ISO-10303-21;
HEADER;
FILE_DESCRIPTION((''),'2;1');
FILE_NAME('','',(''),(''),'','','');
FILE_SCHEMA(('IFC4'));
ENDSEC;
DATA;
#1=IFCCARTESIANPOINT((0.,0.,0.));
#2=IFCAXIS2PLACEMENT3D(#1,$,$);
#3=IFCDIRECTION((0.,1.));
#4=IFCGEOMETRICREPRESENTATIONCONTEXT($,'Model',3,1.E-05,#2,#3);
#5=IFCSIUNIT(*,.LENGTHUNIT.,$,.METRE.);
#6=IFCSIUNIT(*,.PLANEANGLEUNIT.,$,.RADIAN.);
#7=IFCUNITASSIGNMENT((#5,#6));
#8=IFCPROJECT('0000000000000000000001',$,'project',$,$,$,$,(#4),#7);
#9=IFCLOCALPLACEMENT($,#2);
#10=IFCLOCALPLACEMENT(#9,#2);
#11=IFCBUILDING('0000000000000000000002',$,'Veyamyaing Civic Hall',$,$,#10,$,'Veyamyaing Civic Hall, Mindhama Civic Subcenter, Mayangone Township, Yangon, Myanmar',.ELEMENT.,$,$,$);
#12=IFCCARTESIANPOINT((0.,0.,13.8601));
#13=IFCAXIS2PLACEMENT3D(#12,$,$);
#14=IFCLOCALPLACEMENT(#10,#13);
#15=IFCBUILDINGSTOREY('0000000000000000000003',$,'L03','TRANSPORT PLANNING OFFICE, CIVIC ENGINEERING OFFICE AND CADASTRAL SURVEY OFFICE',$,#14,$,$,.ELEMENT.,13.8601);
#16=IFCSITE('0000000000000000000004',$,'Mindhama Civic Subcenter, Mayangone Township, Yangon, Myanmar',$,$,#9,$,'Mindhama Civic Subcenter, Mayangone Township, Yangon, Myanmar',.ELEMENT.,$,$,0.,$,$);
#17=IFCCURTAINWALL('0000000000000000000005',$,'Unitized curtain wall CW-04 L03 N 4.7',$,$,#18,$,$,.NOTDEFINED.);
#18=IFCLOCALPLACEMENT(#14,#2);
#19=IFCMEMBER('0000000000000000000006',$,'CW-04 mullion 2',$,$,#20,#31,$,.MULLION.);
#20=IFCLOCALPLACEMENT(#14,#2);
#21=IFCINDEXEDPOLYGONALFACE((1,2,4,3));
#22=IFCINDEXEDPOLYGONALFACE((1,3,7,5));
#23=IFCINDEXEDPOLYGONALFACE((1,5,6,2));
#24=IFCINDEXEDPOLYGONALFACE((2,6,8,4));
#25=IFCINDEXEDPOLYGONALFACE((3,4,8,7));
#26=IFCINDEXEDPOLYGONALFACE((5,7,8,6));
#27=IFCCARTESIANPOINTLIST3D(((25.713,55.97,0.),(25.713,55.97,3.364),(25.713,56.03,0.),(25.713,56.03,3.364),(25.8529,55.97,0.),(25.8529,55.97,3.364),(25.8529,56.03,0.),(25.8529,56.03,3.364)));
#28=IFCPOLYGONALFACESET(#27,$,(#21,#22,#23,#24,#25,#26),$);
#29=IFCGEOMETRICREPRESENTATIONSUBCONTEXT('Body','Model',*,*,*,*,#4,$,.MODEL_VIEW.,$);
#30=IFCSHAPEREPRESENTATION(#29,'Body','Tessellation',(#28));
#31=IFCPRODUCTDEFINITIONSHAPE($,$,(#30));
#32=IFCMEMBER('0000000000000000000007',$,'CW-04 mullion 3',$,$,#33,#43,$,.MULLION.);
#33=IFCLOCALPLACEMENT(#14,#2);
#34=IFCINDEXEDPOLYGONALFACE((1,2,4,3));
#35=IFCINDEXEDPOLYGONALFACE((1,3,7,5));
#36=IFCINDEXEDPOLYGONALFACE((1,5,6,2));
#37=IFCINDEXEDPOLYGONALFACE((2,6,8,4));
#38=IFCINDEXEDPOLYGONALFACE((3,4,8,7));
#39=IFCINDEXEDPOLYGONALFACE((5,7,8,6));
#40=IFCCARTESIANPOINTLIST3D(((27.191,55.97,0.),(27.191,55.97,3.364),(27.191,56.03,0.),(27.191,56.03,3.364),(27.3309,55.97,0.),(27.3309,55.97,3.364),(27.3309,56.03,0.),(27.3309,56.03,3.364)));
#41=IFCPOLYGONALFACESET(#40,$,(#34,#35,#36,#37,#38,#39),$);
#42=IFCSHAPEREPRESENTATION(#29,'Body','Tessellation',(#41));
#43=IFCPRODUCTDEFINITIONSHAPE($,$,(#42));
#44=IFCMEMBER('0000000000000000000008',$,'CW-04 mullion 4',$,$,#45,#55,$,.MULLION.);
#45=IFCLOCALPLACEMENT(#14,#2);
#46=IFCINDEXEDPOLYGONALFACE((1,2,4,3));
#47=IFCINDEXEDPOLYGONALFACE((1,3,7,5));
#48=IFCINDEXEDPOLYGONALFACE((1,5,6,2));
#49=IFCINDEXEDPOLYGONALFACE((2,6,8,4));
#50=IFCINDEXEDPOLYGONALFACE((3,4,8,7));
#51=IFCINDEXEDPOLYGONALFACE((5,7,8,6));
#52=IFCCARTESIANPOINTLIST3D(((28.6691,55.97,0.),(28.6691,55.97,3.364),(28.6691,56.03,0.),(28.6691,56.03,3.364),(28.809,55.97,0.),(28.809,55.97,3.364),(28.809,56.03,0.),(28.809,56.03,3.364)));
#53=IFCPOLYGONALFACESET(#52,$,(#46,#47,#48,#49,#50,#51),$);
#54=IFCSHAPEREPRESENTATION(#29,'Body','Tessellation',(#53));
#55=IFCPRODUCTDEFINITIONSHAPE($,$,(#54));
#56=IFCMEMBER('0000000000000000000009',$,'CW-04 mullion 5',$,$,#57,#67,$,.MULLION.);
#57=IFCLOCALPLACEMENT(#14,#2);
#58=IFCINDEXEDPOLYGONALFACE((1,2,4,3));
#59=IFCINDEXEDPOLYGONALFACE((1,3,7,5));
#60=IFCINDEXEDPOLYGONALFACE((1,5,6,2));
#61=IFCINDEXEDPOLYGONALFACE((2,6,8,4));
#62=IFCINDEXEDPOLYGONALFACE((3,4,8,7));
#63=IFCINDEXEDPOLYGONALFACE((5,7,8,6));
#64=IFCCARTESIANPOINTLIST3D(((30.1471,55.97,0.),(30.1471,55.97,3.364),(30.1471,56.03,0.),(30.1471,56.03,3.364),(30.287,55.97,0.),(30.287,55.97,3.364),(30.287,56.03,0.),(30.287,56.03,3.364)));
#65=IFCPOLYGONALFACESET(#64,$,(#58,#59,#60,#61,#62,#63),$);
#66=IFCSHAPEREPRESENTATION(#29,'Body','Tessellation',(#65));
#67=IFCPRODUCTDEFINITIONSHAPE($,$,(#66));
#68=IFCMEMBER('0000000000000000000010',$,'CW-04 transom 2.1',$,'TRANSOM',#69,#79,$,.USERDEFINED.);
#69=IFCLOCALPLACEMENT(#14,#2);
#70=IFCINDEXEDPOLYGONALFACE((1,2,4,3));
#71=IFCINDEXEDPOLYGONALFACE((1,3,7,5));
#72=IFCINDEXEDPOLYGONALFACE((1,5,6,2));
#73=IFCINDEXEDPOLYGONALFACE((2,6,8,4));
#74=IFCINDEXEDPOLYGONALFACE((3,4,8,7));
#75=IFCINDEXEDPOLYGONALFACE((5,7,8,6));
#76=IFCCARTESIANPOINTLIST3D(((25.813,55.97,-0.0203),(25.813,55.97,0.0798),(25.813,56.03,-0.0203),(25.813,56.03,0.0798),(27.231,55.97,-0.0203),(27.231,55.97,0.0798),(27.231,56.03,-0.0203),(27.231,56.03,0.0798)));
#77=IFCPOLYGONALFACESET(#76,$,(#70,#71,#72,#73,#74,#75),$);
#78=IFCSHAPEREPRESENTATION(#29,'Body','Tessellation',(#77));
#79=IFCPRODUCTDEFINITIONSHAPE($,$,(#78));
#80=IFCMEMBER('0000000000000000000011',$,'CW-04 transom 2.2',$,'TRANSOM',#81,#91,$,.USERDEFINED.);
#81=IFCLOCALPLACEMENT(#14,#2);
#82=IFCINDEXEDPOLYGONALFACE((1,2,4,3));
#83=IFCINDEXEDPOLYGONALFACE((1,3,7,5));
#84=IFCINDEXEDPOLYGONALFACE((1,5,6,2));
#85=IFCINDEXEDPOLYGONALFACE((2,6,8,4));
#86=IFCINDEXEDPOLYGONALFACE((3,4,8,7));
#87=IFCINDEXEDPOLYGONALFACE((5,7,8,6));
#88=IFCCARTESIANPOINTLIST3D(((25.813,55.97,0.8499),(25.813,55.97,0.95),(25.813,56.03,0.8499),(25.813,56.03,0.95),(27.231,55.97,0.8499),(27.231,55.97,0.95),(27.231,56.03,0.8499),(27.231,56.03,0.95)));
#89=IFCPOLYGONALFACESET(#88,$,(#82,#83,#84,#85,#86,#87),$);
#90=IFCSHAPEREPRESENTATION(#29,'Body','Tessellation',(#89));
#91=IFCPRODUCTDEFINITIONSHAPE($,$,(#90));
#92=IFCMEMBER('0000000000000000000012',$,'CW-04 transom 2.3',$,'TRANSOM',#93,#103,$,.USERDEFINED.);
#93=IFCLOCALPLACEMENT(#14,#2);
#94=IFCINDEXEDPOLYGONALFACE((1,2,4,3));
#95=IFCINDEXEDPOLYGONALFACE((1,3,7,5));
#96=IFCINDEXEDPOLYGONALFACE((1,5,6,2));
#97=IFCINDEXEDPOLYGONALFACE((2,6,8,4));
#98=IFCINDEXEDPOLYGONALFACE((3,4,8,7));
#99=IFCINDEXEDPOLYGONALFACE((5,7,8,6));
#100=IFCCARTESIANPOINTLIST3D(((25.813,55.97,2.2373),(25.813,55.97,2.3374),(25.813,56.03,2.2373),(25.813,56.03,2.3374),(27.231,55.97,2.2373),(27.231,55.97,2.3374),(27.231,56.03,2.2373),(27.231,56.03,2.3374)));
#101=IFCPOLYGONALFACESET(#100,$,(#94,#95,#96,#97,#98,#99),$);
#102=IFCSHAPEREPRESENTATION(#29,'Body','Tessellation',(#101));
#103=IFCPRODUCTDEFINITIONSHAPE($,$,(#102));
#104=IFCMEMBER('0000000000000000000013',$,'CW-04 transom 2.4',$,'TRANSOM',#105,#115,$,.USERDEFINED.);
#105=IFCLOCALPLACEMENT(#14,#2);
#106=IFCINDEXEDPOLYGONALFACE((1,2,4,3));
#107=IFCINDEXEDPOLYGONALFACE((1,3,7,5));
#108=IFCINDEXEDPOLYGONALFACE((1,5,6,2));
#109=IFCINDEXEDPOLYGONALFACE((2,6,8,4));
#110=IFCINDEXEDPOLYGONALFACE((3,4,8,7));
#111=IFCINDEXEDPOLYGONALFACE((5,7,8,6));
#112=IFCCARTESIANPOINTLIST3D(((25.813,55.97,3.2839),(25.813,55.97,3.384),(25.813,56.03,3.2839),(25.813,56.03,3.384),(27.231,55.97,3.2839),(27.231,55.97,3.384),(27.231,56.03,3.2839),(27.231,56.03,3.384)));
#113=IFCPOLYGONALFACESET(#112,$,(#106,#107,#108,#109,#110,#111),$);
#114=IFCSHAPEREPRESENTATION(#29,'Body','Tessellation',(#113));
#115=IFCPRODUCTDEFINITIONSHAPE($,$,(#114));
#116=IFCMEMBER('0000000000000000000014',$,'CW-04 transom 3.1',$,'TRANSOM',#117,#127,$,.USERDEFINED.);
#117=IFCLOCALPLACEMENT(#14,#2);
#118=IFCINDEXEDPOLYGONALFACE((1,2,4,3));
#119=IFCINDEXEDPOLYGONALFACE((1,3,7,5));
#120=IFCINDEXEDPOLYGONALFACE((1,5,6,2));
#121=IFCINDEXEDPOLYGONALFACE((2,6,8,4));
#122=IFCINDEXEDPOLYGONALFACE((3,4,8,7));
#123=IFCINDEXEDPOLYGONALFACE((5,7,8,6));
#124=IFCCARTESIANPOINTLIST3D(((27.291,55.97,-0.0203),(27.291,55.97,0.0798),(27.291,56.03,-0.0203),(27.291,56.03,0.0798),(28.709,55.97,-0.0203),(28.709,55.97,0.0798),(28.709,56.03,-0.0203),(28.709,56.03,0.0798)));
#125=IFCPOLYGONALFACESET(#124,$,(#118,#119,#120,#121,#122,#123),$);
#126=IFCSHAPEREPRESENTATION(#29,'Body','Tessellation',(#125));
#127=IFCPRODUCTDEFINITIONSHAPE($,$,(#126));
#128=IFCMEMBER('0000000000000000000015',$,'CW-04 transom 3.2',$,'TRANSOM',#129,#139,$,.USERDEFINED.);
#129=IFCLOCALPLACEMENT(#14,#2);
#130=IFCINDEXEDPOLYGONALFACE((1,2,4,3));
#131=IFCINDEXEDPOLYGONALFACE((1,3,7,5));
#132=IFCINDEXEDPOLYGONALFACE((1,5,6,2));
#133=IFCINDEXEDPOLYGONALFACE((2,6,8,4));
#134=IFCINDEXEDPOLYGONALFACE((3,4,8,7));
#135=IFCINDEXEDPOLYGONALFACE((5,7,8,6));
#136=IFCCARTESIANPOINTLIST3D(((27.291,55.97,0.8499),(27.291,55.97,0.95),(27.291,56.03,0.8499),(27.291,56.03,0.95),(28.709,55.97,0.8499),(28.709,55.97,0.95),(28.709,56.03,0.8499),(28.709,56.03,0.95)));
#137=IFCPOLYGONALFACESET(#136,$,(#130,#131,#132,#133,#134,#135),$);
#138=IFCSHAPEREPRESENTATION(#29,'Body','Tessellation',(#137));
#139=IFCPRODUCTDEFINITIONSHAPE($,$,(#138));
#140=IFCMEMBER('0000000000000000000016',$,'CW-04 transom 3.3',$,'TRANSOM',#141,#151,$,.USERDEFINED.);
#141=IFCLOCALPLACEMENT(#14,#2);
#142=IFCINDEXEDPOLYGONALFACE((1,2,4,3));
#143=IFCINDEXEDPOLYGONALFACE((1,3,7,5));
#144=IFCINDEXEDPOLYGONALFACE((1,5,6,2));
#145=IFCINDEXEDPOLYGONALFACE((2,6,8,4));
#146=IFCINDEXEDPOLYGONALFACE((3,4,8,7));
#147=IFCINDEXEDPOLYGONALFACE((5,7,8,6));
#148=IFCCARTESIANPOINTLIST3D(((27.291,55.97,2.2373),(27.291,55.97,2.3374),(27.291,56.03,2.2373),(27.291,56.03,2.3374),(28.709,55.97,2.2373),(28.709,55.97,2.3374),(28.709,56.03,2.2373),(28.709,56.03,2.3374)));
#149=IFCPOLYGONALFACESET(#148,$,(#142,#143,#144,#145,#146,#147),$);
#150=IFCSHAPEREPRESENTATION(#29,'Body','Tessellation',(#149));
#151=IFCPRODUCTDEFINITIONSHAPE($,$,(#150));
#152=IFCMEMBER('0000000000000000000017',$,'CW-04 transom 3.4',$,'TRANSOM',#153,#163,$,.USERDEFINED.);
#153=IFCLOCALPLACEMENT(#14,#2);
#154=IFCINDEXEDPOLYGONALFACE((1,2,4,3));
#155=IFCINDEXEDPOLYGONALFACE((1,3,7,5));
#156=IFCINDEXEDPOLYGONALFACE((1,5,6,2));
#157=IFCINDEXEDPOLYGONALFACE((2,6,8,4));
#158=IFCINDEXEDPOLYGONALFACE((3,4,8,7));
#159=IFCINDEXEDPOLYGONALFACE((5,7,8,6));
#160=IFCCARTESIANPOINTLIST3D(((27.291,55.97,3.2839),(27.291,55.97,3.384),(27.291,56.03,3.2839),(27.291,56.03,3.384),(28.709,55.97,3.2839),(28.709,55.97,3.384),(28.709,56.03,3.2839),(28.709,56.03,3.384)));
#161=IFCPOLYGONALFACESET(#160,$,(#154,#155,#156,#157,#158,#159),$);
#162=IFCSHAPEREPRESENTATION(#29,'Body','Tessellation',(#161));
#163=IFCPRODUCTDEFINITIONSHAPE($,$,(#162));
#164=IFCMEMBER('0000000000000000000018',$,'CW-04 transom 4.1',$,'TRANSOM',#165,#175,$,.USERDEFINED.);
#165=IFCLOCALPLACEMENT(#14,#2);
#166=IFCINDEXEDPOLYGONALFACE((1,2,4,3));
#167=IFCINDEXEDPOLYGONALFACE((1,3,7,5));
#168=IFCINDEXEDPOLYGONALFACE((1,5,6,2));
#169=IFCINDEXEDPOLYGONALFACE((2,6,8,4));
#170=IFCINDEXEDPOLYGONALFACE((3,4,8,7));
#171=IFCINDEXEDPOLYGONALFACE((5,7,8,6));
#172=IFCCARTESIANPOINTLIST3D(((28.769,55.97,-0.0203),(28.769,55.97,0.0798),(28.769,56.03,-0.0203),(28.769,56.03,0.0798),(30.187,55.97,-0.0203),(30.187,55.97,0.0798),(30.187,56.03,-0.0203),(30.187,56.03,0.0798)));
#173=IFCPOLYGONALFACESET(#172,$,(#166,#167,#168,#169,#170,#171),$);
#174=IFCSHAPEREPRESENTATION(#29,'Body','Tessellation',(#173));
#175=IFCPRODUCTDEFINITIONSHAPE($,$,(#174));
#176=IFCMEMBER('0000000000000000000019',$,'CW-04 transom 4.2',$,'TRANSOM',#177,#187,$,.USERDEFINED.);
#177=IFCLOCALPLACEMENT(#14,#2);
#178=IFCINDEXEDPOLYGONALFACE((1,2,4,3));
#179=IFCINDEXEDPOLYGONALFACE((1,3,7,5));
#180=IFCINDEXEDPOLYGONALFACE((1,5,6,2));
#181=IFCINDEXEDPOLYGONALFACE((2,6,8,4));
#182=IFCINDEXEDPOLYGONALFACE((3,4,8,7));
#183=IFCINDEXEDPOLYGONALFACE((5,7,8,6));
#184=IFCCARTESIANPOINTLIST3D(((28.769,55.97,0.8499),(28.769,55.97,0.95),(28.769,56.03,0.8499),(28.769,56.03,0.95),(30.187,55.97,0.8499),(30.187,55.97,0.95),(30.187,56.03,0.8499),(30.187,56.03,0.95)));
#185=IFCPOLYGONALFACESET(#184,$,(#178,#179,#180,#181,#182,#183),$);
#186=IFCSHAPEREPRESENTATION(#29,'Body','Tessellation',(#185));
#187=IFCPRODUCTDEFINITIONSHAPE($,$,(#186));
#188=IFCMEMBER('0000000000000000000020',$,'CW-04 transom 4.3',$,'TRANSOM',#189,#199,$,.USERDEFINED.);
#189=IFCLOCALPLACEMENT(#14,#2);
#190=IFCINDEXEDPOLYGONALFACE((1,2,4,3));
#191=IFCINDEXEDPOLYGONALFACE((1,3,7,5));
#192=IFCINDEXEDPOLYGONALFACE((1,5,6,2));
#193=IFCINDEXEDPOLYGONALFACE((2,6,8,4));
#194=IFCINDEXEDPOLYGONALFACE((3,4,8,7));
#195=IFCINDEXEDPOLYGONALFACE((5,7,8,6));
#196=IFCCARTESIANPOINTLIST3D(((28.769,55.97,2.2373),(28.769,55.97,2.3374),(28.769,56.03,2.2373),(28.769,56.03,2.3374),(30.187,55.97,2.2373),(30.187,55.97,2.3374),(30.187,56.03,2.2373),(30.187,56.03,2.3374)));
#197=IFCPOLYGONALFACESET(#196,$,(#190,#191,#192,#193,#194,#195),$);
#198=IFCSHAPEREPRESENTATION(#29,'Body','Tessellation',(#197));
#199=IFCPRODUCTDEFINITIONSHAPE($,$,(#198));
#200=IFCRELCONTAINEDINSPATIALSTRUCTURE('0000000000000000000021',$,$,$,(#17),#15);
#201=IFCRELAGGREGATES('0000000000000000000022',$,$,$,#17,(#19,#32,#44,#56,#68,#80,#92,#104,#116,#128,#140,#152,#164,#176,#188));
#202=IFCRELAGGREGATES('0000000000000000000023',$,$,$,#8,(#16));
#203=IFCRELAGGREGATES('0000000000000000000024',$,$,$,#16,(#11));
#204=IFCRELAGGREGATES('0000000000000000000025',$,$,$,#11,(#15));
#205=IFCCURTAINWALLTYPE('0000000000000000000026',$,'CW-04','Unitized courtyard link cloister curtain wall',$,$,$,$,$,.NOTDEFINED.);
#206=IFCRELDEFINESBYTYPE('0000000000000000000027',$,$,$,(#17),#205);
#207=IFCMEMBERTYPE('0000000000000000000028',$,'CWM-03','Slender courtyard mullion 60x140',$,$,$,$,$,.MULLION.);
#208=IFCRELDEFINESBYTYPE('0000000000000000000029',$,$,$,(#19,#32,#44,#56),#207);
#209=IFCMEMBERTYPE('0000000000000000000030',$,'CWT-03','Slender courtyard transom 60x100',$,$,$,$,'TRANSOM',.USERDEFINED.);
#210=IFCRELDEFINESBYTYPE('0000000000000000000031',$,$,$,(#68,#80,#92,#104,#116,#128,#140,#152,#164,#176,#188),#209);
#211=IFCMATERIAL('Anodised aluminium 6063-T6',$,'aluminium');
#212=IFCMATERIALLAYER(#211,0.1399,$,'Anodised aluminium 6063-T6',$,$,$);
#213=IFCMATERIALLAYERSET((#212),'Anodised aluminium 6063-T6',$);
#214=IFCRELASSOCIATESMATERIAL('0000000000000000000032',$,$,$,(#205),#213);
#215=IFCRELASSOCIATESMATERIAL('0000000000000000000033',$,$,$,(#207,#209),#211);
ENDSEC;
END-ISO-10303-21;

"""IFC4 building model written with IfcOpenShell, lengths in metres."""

from ifc_helpers import new_model, si_unit, direction, frame, origin, origin_2d, place, context, subcontext, project, spatial, rectangle, extrude, material, layer, layer_set, material_profile, profile_set, type_object, element, aggregate, save


model = new_model("IFC4")

# Units and contexts
model_context = context("Model", 3, precision=1e-05, world=origin(), true_north=direction((0.0, 1.0)))
body_context = subcontext(model_context, "Body", "Model", "MODEL_VIEW")
ifc_project = project(units=[si_unit("LENGTHUNIT", "METRE"), si_unit("PLANEANGLEUNIT", "RADIAN")], contexts=[model_context])

# Site, building, storey
site_placement = place(None, origin())
site = spatial("IfcSite", under=ifc_project, at=site_placement, Name="Mindhama Civic Subcenter, Mayangone Township, Yangon, Myanmar", LongName="Mindhama Civic Subcenter, Mayangone Township, Yangon, Myanmar", CompositionType="ELEMENT", RefElevation=0.0)
building_placement = place(site_placement, origin())
building = spatial("IfcBuilding", under=site, at=building_placement, Name="Veyamyaing Civic Hall", LongName="Veyamyaing Civic Hall, Mindhama Civic Subcenter, Mayangone Township, Yangon, Myanmar", CompositionType="ELEMENT")
storey_placement = place(building_placement, frame((0.0, 0.0, 13.8601)))
storey = spatial("IfcBuildingStorey", under=building, at=storey_placement, Name="L03", Description="TRANSPORT PLANNING OFFICE, CIVIC ENGINEERING OFFICE AND CADASTRAL SURVEY OFFICE", CompositionType="ELEMENT", Elevation=13.8601)

# Curtain wall, members
ifc_material_1 = material(Name="Anodised aluminium 6063-T6", Category="aluminium")
ifc_layer_1 = layer(ifc_material_1, 0.1399, Name="Anodised aluminium 6063-T6")
ifc_layer_set_1 = layer_set([ifc_layer_1], Name="Anodised aluminium 6063-T6")
curtain_wall_type = type_object("IfcCurtainWallType", Name="CW-04", Description="Unitized courtyard link cloister curtain wall", PredefinedType="NOTDEFINED", material=ifc_layer_set_1)
curtain_wall_placement = place(storey_placement, origin())
curtain_wall = element("IfcCurtainWall", 1, at=curtain_wall_placement, inside=storey, type_object=curtain_wall_type, Name="Unitized curtain wall CW-04 L03 N 4.7", PredefinedType="NOTDEFINED")
ifc_material_profile_1 = material_profile(ifc_material_1, rectangle(XDim=0.0601, YDim=0.1399, at=origin_2d()), Name="ALU-MUL-60X140")
ifc_profile_set_1 = profile_set([ifc_material_profile_1], Name="Anodised aluminium 6063-T6")
member_type_1 = type_object("IfcMemberType", Name="CWM-03", Description="Slender courtyard mullion 60x140", PredefinedType="MULLION", material=ifc_profile_set_1)
member_1_placement = place(storey_placement, frame((25.783, 56.0, 0.0), z_axis=(0.0, 0.0, 1.0), x_axis=(0.0, 1.0, 0.0)))
member_1 = element("IfcMember", 2, at=member_1_placement, type_object=member_type_1, Name="CW-04 mullion 2", PredefinedType="MULLION", context=body_context, shape_type="SweptSolid", body=[
    extrude(rectangle(XDim=0.0601, YDim=0.1399, at=origin_2d()), origin(), (0.0, 0.0, 1.0), 3.364),
])
member_2_placement = place(storey_placement, frame((27.261, 56.0, 0.0), z_axis=(0.0, 0.0, 1.0), x_axis=(0.0, 1.0, 0.0)))
member_2 = element("IfcMember", 3, at=member_2_placement, type_object=member_type_1, Name="CW-04 mullion 3", PredefinedType="MULLION", context=body_context, shape_type="SweptSolid", body=[
    extrude(rectangle(XDim=0.0601, YDim=0.1399, at=origin_2d()), origin(), (0.0, 0.0, 1.0), 3.364),
])
member_3_placement = place(storey_placement, frame((28.739, 56.0, 0.0), z_axis=(0.0, 0.0, 1.0), x_axis=(0.0, 1.0, 0.0)))
member_3 = element("IfcMember", 4, at=member_3_placement, type_object=member_type_1, Name="CW-04 mullion 4", PredefinedType="MULLION", context=body_context, shape_type="SweptSolid", body=[
    extrude(rectangle(XDim=0.0601, YDim=0.1399, at=origin_2d()), origin(), (0.0, 0.0, 1.0), 3.364),
])
member_4_placement = place(storey_placement, frame((30.217, 56.0, 0.0), z_axis=(0.0, 0.0, 1.0), x_axis=(0.0, 1.0, 0.0)))
member_4 = element("IfcMember", 5, at=member_4_placement, type_object=member_type_1, Name="CW-04 mullion 5", PredefinedType="MULLION", context=body_context, shape_type="SweptSolid", body=[
    extrude(rectangle(XDim=0.0601, YDim=0.1399, at=origin_2d()), origin(), (0.0, 0.0, 1.0), 3.364),
])
ifc_material_profile_2 = material_profile(ifc_material_1, rectangle(XDim=0.0601, YDim=0.1001, at=origin_2d()), Name="ALU-TRN-60X100")
ifc_profile_set_2 = profile_set([ifc_material_profile_2], Name="Anodised aluminium 6063-T6")
member_type_2 = type_object("IfcMemberType", Name="CWT-03", Description="Slender courtyard transom 60x100", ElementType="TRANSOM", PredefinedType="USERDEFINED", material=ifc_profile_set_2)
member_5_placement = place(storey_placement, frame((25.813, 56.0, 0.0298), z_axis=(1.0, 0.0, 0.0), x_axis=(0.0, 1.0, 0.0)))
member_5 = element("IfcMember", 6, at=member_5_placement, type_object=member_type_2, Name="CW-04 transom 2.1", ObjectType="TRANSOM", PredefinedType="USERDEFINED", context=body_context, shape_type="SweptSolid", body=[
    extrude(rectangle(XDim=0.0601, YDim=0.1001, at=origin_2d()), origin(), (0.0, 0.0, 1.0), 1.418),
])
member_6_placement = place(storey_placement, frame((25.813, 56.0, 0.8999), z_axis=(1.0, 0.0, 0.0), x_axis=(0.0, 1.0, 0.0)))
member_6 = element("IfcMember", 7, at=member_6_placement, type_object=member_type_2, Name="CW-04 transom 2.2", ObjectType="TRANSOM", PredefinedType="USERDEFINED", context=body_context, shape_type="SweptSolid", body=[
    extrude(rectangle(XDim=0.0601, YDim=0.1001, at=origin_2d()), origin(), (0.0, 0.0, 1.0), 1.418),
])
member_7_placement = place(storey_placement, frame((25.813, 56.0, 2.2874), z_axis=(1.0, 0.0, 0.0), x_axis=(0.0, 1.0, 0.0)))
member_7 = element("IfcMember", 8, at=member_7_placement, type_object=member_type_2, Name="CW-04 transom 2.3", ObjectType="TRANSOM", PredefinedType="USERDEFINED", context=body_context, shape_type="SweptSolid", body=[
    extrude(rectangle(XDim=0.0601, YDim=0.1001, at=origin_2d()), origin(), (0.0, 0.0, 1.0), 1.418),
])
member_8_placement = place(storey_placement, frame((25.813, 56.0, 3.334), z_axis=(1.0, 0.0, 0.0), x_axis=(0.0, 1.0, 0.0)))
member_8 = element("IfcMember", 9, at=member_8_placement, type_object=member_type_2, Name="CW-04 transom 2.4", ObjectType="TRANSOM", PredefinedType="USERDEFINED", context=body_context, shape_type="SweptSolid", body=[
    extrude(rectangle(XDim=0.0601, YDim=0.1001, at=origin_2d()), origin(), (0.0, 0.0, 1.0), 1.418),
])
member_9_placement = place(storey_placement, frame((27.291, 56.0, 0.0298), z_axis=(1.0, 0.0, 0.0), x_axis=(0.0, 1.0, 0.0)))
member_9 = element("IfcMember", 10, at=member_9_placement, type_object=member_type_2, Name="CW-04 transom 3.1", ObjectType="TRANSOM", PredefinedType="USERDEFINED", context=body_context, shape_type="SweptSolid", body=[
    extrude(rectangle(XDim=0.0601, YDim=0.1001, at=origin_2d()), origin(), (0.0, 0.0, 1.0), 1.418),
])
member_10_placement = place(storey_placement, frame((27.291, 56.0, 0.8999), z_axis=(1.0, 0.0, 0.0), x_axis=(0.0, 1.0, 0.0)))
member_10 = element("IfcMember", 11, at=member_10_placement, type_object=member_type_2, Name="CW-04 transom 3.2", ObjectType="TRANSOM", PredefinedType="USERDEFINED", context=body_context, shape_type="SweptSolid", body=[
    extrude(rectangle(XDim=0.0601, YDim=0.1001, at=origin_2d()), origin(), (0.0, 0.0, 1.0), 1.418),
])
member_11_placement = place(storey_placement, frame((27.291, 56.0, 2.2874), z_axis=(1.0, 0.0, 0.0), x_axis=(0.0, 1.0, 0.0)))
member_11 = element("IfcMember", 12, at=member_11_placement, type_object=member_type_2, Name="CW-04 transom 3.3", ObjectType="TRANSOM", PredefinedType="USERDEFINED", context=body_context, shape_type="SweptSolid", body=[
    extrude(rectangle(XDim=0.0601, YDim=0.1001, at=origin_2d()), origin(), (0.0, 0.0, 1.0), 1.418),
])
member_12_placement = place(storey_placement, frame((27.291, 56.0, 3.334), z_axis=(1.0, 0.0, 0.0), x_axis=(0.0, 1.0, 0.0)))
member_12 = element("IfcMember", 13, at=member_12_placement, type_object=member_type_2, Name="CW-04 transom 3.4", ObjectType="TRANSOM", PredefinedType="USERDEFINED", context=body_context, shape_type="SweptSolid", body=[
    extrude(rectangle(XDim=0.0601, YDim=0.1001, at=origin_2d()), origin(), (0.0, 0.0, 1.0), 1.418),
])
member_13_placement = place(storey_placement, frame((28.769, 56.0, 0.0298), z_axis=(1.0, 0.0, 0.0), x_axis=(0.0, 1.0, 0.0)))
member_13 = element("IfcMember", 14, at=member_13_placement, type_object=member_type_2, Name="CW-04 transom 4.1", ObjectType="TRANSOM", PredefinedType="USERDEFINED", context=body_context, shape_type="SweptSolid", body=[
    extrude(rectangle(XDim=0.0601, YDim=0.1001, at=origin_2d()), origin(), (0.0, 0.0, 1.0), 1.418),
])
member_14_placement = place(storey_placement, frame((28.769, 56.0, 0.8999), z_axis=(1.0, 0.0, 0.0), x_axis=(0.0, 1.0, 0.0)))
member_14 = element("IfcMember", 15, at=member_14_placement, type_object=member_type_2, Name="CW-04 transom 4.2", ObjectType="TRANSOM", PredefinedType="USERDEFINED", context=body_context, shape_type="SweptSolid", body=[
    extrude(rectangle(XDim=0.0601, YDim=0.1001, at=origin_2d()), origin(), (0.0, 0.0, 1.0), 1.418),
])
member_15_placement = place(storey_placement, frame((28.769, 56.0, 2.2874), z_axis=(1.0, 0.0, 0.0), x_axis=(0.0, 1.0, 0.0)))
member_15 = element("IfcMember", 16, at=member_15_placement, type_object=member_type_2, Name="CW-04 transom 4.3", ObjectType="TRANSOM", PredefinedType="USERDEFINED", context=body_context, shape_type="SweptSolid", body=[
    extrude(rectangle(XDim=0.0601, YDim=0.1001, at=origin_2d()), origin(), (0.0, 0.0, 1.0), 1.418),
])
aggregate(curtain_wall, [member_1, member_2, member_3, member_4, member_5, member_6, member_7, member_8, member_9, member_10, member_11, member_12, member_13, member_14, member_15])

save(model, "model.ifc")
